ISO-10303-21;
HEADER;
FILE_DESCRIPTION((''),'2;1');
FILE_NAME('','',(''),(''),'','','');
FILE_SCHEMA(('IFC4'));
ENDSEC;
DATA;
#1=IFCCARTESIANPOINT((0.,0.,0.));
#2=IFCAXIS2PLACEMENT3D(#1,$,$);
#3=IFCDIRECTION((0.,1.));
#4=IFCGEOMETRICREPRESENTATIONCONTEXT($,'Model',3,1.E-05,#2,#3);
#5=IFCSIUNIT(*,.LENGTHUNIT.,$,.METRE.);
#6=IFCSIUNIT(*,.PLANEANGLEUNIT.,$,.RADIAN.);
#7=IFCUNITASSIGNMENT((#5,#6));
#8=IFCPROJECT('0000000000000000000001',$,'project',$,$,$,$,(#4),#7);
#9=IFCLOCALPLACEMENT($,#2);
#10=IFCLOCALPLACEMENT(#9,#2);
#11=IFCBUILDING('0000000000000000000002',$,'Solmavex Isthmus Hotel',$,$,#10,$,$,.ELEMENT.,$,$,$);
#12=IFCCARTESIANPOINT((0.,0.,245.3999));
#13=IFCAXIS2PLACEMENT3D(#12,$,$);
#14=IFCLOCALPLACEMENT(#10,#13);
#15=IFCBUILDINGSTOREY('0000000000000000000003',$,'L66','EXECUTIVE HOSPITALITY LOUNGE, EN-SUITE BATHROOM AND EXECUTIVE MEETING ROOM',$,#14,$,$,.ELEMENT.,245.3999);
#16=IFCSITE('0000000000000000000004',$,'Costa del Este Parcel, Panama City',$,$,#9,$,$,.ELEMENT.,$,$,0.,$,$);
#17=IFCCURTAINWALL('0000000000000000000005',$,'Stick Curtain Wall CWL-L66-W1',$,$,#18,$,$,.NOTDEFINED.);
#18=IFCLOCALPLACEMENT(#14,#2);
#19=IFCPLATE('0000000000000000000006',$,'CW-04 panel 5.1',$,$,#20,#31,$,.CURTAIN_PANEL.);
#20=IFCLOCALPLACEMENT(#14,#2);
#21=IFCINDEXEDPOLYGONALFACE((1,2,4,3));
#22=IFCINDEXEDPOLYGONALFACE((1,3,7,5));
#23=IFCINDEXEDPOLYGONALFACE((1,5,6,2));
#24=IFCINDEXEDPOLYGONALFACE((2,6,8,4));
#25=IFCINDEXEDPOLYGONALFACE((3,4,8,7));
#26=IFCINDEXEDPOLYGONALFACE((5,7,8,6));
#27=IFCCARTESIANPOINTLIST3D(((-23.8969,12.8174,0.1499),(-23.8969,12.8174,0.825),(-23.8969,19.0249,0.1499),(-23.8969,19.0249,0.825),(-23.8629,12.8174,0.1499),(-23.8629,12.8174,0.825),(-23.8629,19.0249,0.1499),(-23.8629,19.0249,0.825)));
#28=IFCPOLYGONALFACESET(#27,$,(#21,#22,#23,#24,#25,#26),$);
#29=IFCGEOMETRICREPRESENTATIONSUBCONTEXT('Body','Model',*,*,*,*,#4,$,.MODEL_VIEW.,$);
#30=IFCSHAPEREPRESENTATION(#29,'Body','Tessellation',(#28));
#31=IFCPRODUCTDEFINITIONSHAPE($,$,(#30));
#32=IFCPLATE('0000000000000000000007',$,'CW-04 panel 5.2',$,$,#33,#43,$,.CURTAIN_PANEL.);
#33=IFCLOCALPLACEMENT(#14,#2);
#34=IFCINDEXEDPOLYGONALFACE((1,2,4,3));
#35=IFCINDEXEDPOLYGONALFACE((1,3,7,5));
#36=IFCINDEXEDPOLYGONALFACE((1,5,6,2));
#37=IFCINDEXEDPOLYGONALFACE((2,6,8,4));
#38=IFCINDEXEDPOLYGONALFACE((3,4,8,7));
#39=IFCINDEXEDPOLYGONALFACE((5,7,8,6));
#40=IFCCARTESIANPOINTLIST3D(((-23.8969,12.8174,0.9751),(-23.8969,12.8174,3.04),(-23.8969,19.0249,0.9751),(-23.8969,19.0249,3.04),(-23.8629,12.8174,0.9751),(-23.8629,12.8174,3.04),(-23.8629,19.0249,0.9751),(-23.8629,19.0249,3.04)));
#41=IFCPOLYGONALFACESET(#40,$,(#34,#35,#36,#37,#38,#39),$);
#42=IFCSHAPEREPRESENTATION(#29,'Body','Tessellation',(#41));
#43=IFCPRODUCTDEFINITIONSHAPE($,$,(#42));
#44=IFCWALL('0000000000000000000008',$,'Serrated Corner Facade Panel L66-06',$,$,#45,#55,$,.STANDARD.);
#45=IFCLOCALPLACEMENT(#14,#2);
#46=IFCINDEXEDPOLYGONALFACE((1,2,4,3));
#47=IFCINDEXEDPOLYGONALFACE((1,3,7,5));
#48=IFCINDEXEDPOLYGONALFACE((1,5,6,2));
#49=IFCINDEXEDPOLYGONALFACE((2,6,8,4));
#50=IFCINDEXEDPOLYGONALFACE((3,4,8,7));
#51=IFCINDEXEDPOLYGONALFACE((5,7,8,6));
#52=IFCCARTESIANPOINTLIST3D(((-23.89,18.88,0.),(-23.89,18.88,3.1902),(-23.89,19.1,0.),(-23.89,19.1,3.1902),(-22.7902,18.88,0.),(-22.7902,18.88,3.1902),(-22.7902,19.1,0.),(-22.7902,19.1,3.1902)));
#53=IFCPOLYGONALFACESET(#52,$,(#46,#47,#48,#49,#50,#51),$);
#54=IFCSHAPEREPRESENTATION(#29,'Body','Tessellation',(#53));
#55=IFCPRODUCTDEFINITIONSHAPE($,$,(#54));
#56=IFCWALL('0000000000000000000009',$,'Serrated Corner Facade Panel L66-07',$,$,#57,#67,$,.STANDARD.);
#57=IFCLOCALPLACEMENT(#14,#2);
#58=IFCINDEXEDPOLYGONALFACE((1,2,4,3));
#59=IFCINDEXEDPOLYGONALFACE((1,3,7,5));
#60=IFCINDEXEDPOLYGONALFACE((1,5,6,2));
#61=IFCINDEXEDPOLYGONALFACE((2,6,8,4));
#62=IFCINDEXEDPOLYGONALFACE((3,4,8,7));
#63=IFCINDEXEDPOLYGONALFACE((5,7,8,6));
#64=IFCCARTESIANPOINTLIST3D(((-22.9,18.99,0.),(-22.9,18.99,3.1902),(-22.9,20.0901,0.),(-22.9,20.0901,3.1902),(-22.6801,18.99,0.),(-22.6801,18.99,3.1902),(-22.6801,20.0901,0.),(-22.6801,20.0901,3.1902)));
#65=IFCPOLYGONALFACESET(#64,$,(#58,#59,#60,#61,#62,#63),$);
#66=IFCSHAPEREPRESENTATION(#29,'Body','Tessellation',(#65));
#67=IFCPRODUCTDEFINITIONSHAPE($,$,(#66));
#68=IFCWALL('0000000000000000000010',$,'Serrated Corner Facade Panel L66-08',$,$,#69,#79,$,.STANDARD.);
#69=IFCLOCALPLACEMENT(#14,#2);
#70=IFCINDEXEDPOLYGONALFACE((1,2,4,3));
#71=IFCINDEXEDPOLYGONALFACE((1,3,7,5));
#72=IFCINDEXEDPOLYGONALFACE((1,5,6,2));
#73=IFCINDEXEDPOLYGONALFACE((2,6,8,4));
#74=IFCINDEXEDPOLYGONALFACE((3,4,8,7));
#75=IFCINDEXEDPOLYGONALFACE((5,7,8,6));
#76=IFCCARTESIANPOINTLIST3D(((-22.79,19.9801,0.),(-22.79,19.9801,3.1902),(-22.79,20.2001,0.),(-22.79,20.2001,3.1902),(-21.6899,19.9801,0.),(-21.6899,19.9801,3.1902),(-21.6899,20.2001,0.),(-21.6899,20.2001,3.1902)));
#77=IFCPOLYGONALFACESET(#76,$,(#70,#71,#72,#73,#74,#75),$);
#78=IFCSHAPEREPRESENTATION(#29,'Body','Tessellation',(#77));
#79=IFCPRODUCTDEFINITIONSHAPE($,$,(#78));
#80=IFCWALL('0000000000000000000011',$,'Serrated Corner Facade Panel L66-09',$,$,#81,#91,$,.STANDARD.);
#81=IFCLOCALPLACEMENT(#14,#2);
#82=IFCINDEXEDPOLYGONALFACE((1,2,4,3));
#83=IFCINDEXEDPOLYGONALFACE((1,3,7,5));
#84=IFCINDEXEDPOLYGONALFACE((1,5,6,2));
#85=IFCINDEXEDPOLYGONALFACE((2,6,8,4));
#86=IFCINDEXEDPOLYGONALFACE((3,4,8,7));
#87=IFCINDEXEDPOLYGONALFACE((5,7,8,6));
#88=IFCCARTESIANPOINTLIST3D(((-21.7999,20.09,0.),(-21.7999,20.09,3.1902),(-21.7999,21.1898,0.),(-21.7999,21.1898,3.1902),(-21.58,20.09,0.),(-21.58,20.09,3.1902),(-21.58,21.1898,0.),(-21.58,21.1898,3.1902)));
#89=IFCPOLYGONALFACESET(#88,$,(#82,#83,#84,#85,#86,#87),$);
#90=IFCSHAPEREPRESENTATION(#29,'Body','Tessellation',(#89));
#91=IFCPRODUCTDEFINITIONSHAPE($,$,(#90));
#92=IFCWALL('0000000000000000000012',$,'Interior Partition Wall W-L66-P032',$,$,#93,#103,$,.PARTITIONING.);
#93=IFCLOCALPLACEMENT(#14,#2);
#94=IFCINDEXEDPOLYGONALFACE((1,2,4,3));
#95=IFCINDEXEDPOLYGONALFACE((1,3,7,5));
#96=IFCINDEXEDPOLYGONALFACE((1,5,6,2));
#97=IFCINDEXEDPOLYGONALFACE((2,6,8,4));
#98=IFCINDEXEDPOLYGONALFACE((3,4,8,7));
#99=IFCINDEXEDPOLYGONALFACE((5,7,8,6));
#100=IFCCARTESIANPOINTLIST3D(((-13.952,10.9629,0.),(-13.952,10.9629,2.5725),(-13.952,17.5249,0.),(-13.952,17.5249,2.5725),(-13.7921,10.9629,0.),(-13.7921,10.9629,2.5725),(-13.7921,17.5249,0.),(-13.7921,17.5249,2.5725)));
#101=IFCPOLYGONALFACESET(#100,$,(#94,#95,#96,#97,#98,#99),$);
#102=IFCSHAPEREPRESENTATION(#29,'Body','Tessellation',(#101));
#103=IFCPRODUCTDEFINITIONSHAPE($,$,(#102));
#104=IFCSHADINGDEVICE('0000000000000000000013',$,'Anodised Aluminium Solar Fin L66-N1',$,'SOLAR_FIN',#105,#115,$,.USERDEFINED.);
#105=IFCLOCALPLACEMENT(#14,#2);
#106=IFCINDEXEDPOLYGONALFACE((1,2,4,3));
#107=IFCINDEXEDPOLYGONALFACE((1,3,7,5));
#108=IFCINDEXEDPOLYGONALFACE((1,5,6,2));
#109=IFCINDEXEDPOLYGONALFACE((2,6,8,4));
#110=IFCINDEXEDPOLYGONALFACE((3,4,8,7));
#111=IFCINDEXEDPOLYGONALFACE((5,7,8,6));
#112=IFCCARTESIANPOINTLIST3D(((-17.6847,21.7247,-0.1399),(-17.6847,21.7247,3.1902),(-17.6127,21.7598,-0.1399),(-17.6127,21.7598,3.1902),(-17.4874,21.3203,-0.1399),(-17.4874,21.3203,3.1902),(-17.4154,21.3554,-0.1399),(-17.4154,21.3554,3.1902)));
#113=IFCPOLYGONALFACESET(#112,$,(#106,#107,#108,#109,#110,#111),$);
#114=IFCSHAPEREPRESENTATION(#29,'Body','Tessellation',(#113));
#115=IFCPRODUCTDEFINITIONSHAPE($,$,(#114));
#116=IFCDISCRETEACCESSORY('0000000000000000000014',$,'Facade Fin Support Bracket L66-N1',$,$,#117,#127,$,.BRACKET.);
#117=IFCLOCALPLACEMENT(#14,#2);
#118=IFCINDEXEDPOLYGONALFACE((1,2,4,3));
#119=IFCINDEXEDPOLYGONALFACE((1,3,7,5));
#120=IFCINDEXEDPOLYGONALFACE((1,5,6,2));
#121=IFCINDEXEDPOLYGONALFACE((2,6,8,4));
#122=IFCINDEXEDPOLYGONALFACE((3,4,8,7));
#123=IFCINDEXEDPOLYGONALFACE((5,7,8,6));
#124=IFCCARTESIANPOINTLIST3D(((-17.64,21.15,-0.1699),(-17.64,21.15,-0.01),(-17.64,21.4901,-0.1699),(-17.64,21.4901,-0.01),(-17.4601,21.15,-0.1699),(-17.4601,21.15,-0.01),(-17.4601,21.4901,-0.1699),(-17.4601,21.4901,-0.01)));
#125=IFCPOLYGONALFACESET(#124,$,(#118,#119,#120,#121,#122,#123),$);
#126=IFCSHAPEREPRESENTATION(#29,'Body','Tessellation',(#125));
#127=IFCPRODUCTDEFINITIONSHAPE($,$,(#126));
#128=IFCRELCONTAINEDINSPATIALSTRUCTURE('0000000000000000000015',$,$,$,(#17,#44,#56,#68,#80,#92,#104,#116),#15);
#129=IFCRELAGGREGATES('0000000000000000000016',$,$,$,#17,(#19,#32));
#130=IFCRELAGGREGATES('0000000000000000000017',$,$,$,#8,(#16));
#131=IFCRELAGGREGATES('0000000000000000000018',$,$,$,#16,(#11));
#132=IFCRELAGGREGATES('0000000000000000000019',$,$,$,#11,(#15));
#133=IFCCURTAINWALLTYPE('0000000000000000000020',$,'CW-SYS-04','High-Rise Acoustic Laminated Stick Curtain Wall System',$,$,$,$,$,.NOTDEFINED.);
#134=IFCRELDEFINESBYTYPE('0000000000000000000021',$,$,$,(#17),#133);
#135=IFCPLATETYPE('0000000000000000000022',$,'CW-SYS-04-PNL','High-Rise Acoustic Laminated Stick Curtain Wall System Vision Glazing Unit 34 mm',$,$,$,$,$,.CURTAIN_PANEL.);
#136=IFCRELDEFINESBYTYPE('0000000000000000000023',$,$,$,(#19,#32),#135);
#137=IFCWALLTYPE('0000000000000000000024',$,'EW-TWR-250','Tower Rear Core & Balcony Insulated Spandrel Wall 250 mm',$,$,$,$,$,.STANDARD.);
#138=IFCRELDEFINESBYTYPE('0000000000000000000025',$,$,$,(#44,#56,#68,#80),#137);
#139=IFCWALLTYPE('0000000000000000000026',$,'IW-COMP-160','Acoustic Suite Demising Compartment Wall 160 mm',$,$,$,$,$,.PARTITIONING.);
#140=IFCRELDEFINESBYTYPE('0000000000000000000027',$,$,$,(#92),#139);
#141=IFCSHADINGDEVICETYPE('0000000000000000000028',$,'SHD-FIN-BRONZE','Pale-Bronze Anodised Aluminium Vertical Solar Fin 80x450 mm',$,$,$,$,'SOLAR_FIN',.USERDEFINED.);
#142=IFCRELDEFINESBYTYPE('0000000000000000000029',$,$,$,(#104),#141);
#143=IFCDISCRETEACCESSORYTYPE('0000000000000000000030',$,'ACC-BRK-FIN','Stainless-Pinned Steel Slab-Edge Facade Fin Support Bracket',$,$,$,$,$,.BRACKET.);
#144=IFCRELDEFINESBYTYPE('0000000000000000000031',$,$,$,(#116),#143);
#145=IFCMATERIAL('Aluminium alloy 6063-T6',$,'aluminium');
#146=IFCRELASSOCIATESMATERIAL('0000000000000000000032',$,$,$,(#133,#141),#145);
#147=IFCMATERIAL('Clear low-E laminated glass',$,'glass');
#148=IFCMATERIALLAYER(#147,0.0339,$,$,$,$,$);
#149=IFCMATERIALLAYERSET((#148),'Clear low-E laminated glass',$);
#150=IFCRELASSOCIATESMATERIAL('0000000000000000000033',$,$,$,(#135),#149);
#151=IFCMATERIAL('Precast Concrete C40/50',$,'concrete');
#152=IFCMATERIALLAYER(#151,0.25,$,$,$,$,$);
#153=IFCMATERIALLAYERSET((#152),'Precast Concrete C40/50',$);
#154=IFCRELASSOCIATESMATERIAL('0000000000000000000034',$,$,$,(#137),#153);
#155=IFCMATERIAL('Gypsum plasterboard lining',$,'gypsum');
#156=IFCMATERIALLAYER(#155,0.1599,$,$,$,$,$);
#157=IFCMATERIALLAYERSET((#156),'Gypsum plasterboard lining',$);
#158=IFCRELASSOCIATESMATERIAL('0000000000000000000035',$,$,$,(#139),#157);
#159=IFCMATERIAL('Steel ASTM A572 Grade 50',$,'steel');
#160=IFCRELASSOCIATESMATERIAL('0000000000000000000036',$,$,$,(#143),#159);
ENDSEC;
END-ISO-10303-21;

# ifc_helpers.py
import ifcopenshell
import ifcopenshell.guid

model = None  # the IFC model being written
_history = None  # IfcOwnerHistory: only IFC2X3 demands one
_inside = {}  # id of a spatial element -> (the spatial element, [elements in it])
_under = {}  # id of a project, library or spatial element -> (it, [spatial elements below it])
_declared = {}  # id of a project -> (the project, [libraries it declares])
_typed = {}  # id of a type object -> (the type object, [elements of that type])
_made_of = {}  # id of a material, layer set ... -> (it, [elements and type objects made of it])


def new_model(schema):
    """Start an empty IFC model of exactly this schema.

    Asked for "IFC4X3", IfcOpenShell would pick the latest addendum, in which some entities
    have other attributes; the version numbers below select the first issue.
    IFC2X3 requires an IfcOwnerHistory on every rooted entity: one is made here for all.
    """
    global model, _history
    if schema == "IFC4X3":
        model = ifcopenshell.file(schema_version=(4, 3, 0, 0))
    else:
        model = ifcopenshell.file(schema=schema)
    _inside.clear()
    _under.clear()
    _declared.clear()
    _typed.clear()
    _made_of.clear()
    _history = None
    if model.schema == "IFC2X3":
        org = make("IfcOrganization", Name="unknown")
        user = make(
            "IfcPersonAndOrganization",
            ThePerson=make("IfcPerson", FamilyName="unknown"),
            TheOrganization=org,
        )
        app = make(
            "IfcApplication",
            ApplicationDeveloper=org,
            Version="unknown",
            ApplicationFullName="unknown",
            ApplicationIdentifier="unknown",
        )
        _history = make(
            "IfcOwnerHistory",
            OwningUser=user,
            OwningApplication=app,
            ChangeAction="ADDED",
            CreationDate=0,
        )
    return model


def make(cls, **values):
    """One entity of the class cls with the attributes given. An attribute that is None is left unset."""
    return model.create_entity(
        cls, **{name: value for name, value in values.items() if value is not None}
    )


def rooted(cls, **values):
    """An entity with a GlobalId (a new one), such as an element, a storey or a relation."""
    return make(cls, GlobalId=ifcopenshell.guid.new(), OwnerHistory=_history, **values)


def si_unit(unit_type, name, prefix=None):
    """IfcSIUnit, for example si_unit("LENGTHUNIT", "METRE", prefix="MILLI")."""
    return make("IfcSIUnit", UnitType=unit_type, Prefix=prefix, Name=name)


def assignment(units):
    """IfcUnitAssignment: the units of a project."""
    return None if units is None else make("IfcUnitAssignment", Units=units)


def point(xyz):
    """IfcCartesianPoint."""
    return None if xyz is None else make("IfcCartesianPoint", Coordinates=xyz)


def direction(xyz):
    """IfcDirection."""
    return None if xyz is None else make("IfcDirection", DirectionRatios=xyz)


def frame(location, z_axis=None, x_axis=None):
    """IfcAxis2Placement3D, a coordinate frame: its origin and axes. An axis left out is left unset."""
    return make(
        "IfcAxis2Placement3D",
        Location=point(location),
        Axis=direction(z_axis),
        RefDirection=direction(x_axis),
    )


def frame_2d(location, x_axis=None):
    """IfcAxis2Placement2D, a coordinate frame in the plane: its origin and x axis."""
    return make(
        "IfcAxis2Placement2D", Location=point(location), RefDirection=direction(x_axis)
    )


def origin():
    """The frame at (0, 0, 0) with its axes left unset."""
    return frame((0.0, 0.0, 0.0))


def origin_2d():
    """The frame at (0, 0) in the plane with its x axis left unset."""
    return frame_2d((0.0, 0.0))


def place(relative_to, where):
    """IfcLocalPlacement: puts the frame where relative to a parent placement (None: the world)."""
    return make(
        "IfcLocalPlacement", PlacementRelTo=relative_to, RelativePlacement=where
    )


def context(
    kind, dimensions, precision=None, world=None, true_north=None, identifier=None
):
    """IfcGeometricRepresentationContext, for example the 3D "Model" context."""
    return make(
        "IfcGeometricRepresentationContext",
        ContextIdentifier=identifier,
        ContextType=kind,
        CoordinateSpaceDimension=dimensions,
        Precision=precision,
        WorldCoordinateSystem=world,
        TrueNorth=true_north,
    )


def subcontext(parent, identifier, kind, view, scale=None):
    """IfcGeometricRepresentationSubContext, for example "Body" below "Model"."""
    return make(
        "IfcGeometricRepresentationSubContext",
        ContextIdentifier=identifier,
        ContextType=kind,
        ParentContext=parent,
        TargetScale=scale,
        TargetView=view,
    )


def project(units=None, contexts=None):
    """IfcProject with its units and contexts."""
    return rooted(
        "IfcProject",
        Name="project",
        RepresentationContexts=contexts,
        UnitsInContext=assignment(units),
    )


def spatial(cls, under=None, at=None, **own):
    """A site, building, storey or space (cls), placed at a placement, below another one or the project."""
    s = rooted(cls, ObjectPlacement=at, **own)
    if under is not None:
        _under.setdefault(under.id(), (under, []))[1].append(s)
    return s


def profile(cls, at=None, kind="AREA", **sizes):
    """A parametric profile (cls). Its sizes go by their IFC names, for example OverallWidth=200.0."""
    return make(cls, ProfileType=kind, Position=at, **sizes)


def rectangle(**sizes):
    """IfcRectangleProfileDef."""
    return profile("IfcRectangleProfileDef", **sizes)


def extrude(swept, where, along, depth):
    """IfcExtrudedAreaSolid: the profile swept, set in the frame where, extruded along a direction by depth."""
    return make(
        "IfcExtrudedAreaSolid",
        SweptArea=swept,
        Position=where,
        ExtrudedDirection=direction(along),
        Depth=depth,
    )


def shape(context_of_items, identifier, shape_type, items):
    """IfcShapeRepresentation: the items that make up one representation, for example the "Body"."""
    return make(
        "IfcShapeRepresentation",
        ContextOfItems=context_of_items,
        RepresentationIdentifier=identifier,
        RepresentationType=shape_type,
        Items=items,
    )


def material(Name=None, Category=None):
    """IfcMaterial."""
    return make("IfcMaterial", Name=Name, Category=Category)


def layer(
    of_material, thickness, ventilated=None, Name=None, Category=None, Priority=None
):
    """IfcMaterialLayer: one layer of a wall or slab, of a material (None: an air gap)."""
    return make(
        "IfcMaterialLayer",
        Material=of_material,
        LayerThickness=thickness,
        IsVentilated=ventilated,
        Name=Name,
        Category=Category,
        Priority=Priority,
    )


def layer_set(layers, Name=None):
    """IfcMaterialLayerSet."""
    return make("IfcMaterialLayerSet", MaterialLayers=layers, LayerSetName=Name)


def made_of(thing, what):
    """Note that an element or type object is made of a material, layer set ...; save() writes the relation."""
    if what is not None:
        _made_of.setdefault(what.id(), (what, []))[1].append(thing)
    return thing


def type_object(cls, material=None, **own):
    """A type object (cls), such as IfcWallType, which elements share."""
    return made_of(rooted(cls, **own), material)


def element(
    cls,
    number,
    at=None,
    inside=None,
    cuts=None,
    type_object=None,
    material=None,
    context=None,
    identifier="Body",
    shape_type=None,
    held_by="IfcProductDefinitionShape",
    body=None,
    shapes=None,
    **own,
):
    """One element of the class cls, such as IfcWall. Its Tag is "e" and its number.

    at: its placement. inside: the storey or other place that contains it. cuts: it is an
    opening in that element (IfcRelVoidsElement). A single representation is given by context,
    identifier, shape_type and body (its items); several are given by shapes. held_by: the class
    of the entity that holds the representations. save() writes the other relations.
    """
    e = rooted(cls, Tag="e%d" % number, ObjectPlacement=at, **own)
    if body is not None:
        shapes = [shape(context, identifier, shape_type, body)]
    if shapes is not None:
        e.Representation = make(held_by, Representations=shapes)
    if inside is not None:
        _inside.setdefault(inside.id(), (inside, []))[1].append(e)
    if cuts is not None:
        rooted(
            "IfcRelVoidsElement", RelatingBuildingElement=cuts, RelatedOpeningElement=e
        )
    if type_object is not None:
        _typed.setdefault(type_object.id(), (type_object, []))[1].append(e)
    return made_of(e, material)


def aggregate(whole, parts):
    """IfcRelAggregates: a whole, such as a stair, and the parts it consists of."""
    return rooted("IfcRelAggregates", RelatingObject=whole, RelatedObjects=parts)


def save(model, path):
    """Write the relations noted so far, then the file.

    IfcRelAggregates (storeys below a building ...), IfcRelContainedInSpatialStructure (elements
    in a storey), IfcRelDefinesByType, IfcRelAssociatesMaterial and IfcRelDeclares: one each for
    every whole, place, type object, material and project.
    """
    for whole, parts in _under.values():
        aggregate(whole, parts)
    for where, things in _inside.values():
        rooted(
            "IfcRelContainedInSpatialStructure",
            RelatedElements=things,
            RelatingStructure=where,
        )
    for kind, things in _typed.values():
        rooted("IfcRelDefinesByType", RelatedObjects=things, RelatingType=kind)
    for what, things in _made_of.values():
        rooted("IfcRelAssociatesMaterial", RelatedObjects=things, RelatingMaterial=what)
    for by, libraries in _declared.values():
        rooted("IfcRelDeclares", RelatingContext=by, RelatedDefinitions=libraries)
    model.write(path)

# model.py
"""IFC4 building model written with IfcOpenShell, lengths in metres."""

from ifc_helpers import new_model, si_unit, direction, frame, frame_2d, origin, origin_2d, place, context, subcontext, project, spatial, rectangle, extrude, material, layer, layer_set, type_object, element, aggregate, save


model = new_model("IFC4")

# Units and contexts
model_context = context("Model", 3, precision=1e-05, world=origin(), true_north=direction((0.0, 1.0)))
body_context = subcontext(model_context, "Body", "Model", "MODEL_VIEW")
ifc_project = project(units=[si_unit("LENGTHUNIT", "METRE"), si_unit("PLANEANGLEUNIT", "RADIAN")], contexts=[model_context])

# Site, building, storey
site_placement = place(None, origin())
site = spatial("IfcSite", under=ifc_project, at=site_placement, Name="Costa del Este Parcel, Panama City", CompositionType="ELEMENT", RefElevation=0.0)
building_placement = place(site_placement, origin())
building = spatial("IfcBuilding", under=site, at=building_placement, Name="Solmavex Isthmus Hotel", CompositionType="ELEMENT")
storey_placement = place(building_placement, frame((0.0, 0.0, 245.3999)))
storey = spatial("IfcBuildingStorey", under=building, at=storey_placement, Name="L66", Description="EXECUTIVE HOSPITALITY LOUNGE, EN-SUITE BATHROOM AND EXECUTIVE MEETING ROOM", CompositionType="ELEMENT", Elevation=245.3999)

# Shared definitions
ifc_material_1 = material(Name="Steel ASTM A572 Grade 50", Category="steel")

# Shared definitions
ifc_material_2 = material(Name="Aluminium alloy 6063-T6", Category="aluminium")
curtain_wall_type = type_object("IfcCurtainWallType", Name="CW-SYS-04", Description="High-Rise Acoustic Laminated Stick Curtain Wall System", PredefinedType="NOTDEFINED", material=ifc_material_2)

# Curtain wall
curtain_wall_1_placement = place(storey_placement, origin())
curtain_wall_1 = element("IfcCurtainWall", 1, at=curtain_wall_1_placement, inside=storey, type_object=curtain_wall_type, Name="Stick Curtain Wall CWL-L66-W1", PredefinedType="NOTDEFINED")

# Plates
ifc_material_3 = material(Name="Clear low-E laminated glass", Category="glass")
ifc_layer_1 = layer(ifc_material_3, 0.0339)
ifc_layer_set_1 = layer_set([ifc_layer_1], Name="Clear low-E laminated glass")
plate_type = type_object("IfcPlateType", Name="CW-SYS-04-PNL", Description="High-Rise Acoustic Laminated Stick Curtain Wall System Vision Glazing Unit 34 mm", PredefinedType="CURTAIN_PANEL", material=ifc_layer_set_1)
plate_1_placement = place(storey_placement, frame((-23.8799, 15.9211, 0.1499), z_axis=(0.0, 0.0, 1.0), x_axis=(0.0, 1.0, 0.0)))
plate_1 = element("IfcPlate", 2, at=plate_1_placement, type_object=plate_type, Name="CW-04 panel 5.1", PredefinedType="CURTAIN_PANEL", context=body_context, shape_type="SweptSolid", body=[
    extrude(rectangle(XDim=6.2075, YDim=0.0339, at=origin_2d()), origin(), (0.0, 0.0, 1.0), 0.675),
])
plate_2_placement = place(storey_placement, frame((-23.8799, 15.9211, 0.9751), z_axis=(0.0, 0.0, 1.0), x_axis=(0.0, 1.0, 0.0)))
plate_2 = element("IfcPlate", 3, at=plate_2_placement, type_object=plate_type, Name="CW-04 panel 5.2", PredefinedType="CURTAIN_PANEL", context=body_context, shape_type="SweptSolid", body=[
    extrude(rectangle(XDim=6.2075, YDim=0.0339, at=origin_2d()), origin(), (0.0, 0.0, 1.0), 2.0649),
])
aggregate(curtain_wall_1, [plate_1, plate_2])

# Walls
ifc_material_4 = material(Name="Precast Concrete C40/50", Category="concrete")
ifc_layer_2 = layer(ifc_material_4, 0.25)
ifc_layer_set_2 = layer_set([ifc_layer_2], Name="Precast Concrete C40/50")
wall_type_1 = type_object("IfcWallType", Name="EW-TWR-250", Description="Tower Rear Core & Balcony Insulated Spandrel Wall 250 mm", PredefinedType="STANDARD", material=ifc_layer_set_2)
wall_1_placement = place(storey_placement, frame((-23.8899, 18.99, 0.0), z_axis=(0.0, 0.0, 1.0), x_axis=(1.0, 0.0, 0.0)))
element("IfcWall", 4, at=wall_1_placement, inside=storey, type_object=wall_type_1, Name="Serrated Corner Facade Panel L66-06", PredefinedType="STANDARD", context=body_context, shape_type="SweptSolid", body=[
    extrude(rectangle(XDim=1.0999, YDim=0.22, at=frame_2d((0.5498, 0.0))), origin(), (0.0, 0.0, 1.0), 3.1902),
])
for number, where, z_axis, x_axis, name in (
    (5, (-22.79, 18.99, 0.0), (0.0, 0.0, 1.0), (0.0, 1.0, 0.0), "Serrated Corner Facade Panel L66-07"),
    (6, (-22.79, 20.0901, 0.0), (0.0, 0.0, 1.0), (1.0, 0.0, 0.0), "Serrated Corner Facade Panel L66-08"),
):
    element("IfcWall", number, at=place(storey_placement, frame(where, z_axis=z_axis, x_axis=x_axis)), inside=storey, type_object=wall_type_1, Name=name, PredefinedType="STANDARD", context=body_context, shape_type="SweptSolid", body=[
        extrude(rectangle(XDim=1.1001, YDim=0.22, at=frame_2d((0.55, 0.0))), origin(), (0.0, 0.0, 1.0), 3.1902),
    ])
wall_2_placement = place(storey_placement, frame((-21.6899, 20.0901, 0.0), z_axis=(0.0, 0.0, 1.0), x_axis=(0.0, 1.0, 0.0)))
element("IfcWall", 7, at=wall_2_placement, inside=storey, type_object=wall_type_1, Name="Serrated Corner Facade Panel L66-09", PredefinedType="STANDARD", context=body_context, shape_type="SweptSolid", body=[
    extrude(rectangle(XDim=1.0999, YDim=0.22, at=frame_2d((0.5498, 0.0))), origin(), (0.0, 0.0, 1.0), 3.1902),
])
ifc_material_5 = material(Name="Gypsum plasterboard lining", Category="gypsum")
ifc_layer_3 = layer(ifc_material_5, 0.1599)
ifc_layer_set_3 = layer_set([ifc_layer_3], Name="Gypsum plasterboard lining")
wall_type_2 = type_object("IfcWallType", Name="IW-COMP-160", Description="Acoustic Suite Demising Compartment Wall 160 mm", PredefinedType="PARTITIONING", material=ifc_layer_set_3)
wall_3_placement = place(storey_placement, frame((-13.8721, 17.5249, 0.0), z_axis=(0.0, 0.0, 1.0), x_axis=(0.0, -1.0, 0.0)))
element("IfcWall", 8, at=wall_3_placement, inside=storey, type_object=wall_type_2, Name="Interior Partition Wall W-L66-P032", PredefinedType="PARTITIONING", context=body_context, shape_type="SweptSolid", body=[
    extrude(rectangle(XDim=6.562, YDim=0.1599, at=frame_2d((3.281, 0.0))), origin(), (0.0, 0.0, 1.0), 2.5725),
])

# Shading device
shading_device_type = type_object("IfcShadingDeviceType", Name="SHD-FIN-BRONZE", Description="Pale-Bronze Anodised Aluminium Vertical Solar Fin 80x450 mm", ElementType="SOLAR_FIN", PredefinedType="USERDEFINED", material=ifc_material_2)
shading_device_placement = place(storey_placement, frame((-17.55, 21.54, -0.1399), z_axis=(0.0, 0.0, 1.0), x_axis=(-0.438371, 0.898794, 0.0)))
element("IfcShadingDevice", 9, at=shading_device_placement, inside=storey, type_object=shading_device_type, Name="Anodised Aluminium Solar Fin L66-N1", ObjectType="SOLAR_FIN", PredefinedType="USERDEFINED", context=body_context, shape_type="SweptSolid", body=[
    extrude(rectangle(XDim=0.45, YDim=0.0801, at=origin_2d()), origin(), (0.0, 0.0, 1.0), 3.3301),
])

# Discrete accessory
discrete_accessory_type = type_object("IfcDiscreteAccessoryType", Name="ACC-BRK-FIN", Description="Stainless-Pinned Steel Slab-Edge Facade Fin Support Bracket", PredefinedType="BRACKET", material=ifc_material_1)
discrete_accessory_placement = place(storey_placement, frame((-17.55, 21.3201, -0.1699), z_axis=(0.0, 0.0, 1.0), x_axis=(0.0, 1.0, 0.0)))
element("IfcDiscreteAccessory", 10, at=discrete_accessory_placement, inside=storey, type_object=discrete_accessory_type, Name="Facade Fin Support Bracket L66-N1", PredefinedType="BRACKET", context=body_context, shape_type="SweptSolid", body=[
    extrude(rectangle(XDim=0.3401, YDim=0.1799, at=origin_2d()), origin(), (0.0, 0.0, 1.0), 0.1599),
])

save(model, "model.ifc")
